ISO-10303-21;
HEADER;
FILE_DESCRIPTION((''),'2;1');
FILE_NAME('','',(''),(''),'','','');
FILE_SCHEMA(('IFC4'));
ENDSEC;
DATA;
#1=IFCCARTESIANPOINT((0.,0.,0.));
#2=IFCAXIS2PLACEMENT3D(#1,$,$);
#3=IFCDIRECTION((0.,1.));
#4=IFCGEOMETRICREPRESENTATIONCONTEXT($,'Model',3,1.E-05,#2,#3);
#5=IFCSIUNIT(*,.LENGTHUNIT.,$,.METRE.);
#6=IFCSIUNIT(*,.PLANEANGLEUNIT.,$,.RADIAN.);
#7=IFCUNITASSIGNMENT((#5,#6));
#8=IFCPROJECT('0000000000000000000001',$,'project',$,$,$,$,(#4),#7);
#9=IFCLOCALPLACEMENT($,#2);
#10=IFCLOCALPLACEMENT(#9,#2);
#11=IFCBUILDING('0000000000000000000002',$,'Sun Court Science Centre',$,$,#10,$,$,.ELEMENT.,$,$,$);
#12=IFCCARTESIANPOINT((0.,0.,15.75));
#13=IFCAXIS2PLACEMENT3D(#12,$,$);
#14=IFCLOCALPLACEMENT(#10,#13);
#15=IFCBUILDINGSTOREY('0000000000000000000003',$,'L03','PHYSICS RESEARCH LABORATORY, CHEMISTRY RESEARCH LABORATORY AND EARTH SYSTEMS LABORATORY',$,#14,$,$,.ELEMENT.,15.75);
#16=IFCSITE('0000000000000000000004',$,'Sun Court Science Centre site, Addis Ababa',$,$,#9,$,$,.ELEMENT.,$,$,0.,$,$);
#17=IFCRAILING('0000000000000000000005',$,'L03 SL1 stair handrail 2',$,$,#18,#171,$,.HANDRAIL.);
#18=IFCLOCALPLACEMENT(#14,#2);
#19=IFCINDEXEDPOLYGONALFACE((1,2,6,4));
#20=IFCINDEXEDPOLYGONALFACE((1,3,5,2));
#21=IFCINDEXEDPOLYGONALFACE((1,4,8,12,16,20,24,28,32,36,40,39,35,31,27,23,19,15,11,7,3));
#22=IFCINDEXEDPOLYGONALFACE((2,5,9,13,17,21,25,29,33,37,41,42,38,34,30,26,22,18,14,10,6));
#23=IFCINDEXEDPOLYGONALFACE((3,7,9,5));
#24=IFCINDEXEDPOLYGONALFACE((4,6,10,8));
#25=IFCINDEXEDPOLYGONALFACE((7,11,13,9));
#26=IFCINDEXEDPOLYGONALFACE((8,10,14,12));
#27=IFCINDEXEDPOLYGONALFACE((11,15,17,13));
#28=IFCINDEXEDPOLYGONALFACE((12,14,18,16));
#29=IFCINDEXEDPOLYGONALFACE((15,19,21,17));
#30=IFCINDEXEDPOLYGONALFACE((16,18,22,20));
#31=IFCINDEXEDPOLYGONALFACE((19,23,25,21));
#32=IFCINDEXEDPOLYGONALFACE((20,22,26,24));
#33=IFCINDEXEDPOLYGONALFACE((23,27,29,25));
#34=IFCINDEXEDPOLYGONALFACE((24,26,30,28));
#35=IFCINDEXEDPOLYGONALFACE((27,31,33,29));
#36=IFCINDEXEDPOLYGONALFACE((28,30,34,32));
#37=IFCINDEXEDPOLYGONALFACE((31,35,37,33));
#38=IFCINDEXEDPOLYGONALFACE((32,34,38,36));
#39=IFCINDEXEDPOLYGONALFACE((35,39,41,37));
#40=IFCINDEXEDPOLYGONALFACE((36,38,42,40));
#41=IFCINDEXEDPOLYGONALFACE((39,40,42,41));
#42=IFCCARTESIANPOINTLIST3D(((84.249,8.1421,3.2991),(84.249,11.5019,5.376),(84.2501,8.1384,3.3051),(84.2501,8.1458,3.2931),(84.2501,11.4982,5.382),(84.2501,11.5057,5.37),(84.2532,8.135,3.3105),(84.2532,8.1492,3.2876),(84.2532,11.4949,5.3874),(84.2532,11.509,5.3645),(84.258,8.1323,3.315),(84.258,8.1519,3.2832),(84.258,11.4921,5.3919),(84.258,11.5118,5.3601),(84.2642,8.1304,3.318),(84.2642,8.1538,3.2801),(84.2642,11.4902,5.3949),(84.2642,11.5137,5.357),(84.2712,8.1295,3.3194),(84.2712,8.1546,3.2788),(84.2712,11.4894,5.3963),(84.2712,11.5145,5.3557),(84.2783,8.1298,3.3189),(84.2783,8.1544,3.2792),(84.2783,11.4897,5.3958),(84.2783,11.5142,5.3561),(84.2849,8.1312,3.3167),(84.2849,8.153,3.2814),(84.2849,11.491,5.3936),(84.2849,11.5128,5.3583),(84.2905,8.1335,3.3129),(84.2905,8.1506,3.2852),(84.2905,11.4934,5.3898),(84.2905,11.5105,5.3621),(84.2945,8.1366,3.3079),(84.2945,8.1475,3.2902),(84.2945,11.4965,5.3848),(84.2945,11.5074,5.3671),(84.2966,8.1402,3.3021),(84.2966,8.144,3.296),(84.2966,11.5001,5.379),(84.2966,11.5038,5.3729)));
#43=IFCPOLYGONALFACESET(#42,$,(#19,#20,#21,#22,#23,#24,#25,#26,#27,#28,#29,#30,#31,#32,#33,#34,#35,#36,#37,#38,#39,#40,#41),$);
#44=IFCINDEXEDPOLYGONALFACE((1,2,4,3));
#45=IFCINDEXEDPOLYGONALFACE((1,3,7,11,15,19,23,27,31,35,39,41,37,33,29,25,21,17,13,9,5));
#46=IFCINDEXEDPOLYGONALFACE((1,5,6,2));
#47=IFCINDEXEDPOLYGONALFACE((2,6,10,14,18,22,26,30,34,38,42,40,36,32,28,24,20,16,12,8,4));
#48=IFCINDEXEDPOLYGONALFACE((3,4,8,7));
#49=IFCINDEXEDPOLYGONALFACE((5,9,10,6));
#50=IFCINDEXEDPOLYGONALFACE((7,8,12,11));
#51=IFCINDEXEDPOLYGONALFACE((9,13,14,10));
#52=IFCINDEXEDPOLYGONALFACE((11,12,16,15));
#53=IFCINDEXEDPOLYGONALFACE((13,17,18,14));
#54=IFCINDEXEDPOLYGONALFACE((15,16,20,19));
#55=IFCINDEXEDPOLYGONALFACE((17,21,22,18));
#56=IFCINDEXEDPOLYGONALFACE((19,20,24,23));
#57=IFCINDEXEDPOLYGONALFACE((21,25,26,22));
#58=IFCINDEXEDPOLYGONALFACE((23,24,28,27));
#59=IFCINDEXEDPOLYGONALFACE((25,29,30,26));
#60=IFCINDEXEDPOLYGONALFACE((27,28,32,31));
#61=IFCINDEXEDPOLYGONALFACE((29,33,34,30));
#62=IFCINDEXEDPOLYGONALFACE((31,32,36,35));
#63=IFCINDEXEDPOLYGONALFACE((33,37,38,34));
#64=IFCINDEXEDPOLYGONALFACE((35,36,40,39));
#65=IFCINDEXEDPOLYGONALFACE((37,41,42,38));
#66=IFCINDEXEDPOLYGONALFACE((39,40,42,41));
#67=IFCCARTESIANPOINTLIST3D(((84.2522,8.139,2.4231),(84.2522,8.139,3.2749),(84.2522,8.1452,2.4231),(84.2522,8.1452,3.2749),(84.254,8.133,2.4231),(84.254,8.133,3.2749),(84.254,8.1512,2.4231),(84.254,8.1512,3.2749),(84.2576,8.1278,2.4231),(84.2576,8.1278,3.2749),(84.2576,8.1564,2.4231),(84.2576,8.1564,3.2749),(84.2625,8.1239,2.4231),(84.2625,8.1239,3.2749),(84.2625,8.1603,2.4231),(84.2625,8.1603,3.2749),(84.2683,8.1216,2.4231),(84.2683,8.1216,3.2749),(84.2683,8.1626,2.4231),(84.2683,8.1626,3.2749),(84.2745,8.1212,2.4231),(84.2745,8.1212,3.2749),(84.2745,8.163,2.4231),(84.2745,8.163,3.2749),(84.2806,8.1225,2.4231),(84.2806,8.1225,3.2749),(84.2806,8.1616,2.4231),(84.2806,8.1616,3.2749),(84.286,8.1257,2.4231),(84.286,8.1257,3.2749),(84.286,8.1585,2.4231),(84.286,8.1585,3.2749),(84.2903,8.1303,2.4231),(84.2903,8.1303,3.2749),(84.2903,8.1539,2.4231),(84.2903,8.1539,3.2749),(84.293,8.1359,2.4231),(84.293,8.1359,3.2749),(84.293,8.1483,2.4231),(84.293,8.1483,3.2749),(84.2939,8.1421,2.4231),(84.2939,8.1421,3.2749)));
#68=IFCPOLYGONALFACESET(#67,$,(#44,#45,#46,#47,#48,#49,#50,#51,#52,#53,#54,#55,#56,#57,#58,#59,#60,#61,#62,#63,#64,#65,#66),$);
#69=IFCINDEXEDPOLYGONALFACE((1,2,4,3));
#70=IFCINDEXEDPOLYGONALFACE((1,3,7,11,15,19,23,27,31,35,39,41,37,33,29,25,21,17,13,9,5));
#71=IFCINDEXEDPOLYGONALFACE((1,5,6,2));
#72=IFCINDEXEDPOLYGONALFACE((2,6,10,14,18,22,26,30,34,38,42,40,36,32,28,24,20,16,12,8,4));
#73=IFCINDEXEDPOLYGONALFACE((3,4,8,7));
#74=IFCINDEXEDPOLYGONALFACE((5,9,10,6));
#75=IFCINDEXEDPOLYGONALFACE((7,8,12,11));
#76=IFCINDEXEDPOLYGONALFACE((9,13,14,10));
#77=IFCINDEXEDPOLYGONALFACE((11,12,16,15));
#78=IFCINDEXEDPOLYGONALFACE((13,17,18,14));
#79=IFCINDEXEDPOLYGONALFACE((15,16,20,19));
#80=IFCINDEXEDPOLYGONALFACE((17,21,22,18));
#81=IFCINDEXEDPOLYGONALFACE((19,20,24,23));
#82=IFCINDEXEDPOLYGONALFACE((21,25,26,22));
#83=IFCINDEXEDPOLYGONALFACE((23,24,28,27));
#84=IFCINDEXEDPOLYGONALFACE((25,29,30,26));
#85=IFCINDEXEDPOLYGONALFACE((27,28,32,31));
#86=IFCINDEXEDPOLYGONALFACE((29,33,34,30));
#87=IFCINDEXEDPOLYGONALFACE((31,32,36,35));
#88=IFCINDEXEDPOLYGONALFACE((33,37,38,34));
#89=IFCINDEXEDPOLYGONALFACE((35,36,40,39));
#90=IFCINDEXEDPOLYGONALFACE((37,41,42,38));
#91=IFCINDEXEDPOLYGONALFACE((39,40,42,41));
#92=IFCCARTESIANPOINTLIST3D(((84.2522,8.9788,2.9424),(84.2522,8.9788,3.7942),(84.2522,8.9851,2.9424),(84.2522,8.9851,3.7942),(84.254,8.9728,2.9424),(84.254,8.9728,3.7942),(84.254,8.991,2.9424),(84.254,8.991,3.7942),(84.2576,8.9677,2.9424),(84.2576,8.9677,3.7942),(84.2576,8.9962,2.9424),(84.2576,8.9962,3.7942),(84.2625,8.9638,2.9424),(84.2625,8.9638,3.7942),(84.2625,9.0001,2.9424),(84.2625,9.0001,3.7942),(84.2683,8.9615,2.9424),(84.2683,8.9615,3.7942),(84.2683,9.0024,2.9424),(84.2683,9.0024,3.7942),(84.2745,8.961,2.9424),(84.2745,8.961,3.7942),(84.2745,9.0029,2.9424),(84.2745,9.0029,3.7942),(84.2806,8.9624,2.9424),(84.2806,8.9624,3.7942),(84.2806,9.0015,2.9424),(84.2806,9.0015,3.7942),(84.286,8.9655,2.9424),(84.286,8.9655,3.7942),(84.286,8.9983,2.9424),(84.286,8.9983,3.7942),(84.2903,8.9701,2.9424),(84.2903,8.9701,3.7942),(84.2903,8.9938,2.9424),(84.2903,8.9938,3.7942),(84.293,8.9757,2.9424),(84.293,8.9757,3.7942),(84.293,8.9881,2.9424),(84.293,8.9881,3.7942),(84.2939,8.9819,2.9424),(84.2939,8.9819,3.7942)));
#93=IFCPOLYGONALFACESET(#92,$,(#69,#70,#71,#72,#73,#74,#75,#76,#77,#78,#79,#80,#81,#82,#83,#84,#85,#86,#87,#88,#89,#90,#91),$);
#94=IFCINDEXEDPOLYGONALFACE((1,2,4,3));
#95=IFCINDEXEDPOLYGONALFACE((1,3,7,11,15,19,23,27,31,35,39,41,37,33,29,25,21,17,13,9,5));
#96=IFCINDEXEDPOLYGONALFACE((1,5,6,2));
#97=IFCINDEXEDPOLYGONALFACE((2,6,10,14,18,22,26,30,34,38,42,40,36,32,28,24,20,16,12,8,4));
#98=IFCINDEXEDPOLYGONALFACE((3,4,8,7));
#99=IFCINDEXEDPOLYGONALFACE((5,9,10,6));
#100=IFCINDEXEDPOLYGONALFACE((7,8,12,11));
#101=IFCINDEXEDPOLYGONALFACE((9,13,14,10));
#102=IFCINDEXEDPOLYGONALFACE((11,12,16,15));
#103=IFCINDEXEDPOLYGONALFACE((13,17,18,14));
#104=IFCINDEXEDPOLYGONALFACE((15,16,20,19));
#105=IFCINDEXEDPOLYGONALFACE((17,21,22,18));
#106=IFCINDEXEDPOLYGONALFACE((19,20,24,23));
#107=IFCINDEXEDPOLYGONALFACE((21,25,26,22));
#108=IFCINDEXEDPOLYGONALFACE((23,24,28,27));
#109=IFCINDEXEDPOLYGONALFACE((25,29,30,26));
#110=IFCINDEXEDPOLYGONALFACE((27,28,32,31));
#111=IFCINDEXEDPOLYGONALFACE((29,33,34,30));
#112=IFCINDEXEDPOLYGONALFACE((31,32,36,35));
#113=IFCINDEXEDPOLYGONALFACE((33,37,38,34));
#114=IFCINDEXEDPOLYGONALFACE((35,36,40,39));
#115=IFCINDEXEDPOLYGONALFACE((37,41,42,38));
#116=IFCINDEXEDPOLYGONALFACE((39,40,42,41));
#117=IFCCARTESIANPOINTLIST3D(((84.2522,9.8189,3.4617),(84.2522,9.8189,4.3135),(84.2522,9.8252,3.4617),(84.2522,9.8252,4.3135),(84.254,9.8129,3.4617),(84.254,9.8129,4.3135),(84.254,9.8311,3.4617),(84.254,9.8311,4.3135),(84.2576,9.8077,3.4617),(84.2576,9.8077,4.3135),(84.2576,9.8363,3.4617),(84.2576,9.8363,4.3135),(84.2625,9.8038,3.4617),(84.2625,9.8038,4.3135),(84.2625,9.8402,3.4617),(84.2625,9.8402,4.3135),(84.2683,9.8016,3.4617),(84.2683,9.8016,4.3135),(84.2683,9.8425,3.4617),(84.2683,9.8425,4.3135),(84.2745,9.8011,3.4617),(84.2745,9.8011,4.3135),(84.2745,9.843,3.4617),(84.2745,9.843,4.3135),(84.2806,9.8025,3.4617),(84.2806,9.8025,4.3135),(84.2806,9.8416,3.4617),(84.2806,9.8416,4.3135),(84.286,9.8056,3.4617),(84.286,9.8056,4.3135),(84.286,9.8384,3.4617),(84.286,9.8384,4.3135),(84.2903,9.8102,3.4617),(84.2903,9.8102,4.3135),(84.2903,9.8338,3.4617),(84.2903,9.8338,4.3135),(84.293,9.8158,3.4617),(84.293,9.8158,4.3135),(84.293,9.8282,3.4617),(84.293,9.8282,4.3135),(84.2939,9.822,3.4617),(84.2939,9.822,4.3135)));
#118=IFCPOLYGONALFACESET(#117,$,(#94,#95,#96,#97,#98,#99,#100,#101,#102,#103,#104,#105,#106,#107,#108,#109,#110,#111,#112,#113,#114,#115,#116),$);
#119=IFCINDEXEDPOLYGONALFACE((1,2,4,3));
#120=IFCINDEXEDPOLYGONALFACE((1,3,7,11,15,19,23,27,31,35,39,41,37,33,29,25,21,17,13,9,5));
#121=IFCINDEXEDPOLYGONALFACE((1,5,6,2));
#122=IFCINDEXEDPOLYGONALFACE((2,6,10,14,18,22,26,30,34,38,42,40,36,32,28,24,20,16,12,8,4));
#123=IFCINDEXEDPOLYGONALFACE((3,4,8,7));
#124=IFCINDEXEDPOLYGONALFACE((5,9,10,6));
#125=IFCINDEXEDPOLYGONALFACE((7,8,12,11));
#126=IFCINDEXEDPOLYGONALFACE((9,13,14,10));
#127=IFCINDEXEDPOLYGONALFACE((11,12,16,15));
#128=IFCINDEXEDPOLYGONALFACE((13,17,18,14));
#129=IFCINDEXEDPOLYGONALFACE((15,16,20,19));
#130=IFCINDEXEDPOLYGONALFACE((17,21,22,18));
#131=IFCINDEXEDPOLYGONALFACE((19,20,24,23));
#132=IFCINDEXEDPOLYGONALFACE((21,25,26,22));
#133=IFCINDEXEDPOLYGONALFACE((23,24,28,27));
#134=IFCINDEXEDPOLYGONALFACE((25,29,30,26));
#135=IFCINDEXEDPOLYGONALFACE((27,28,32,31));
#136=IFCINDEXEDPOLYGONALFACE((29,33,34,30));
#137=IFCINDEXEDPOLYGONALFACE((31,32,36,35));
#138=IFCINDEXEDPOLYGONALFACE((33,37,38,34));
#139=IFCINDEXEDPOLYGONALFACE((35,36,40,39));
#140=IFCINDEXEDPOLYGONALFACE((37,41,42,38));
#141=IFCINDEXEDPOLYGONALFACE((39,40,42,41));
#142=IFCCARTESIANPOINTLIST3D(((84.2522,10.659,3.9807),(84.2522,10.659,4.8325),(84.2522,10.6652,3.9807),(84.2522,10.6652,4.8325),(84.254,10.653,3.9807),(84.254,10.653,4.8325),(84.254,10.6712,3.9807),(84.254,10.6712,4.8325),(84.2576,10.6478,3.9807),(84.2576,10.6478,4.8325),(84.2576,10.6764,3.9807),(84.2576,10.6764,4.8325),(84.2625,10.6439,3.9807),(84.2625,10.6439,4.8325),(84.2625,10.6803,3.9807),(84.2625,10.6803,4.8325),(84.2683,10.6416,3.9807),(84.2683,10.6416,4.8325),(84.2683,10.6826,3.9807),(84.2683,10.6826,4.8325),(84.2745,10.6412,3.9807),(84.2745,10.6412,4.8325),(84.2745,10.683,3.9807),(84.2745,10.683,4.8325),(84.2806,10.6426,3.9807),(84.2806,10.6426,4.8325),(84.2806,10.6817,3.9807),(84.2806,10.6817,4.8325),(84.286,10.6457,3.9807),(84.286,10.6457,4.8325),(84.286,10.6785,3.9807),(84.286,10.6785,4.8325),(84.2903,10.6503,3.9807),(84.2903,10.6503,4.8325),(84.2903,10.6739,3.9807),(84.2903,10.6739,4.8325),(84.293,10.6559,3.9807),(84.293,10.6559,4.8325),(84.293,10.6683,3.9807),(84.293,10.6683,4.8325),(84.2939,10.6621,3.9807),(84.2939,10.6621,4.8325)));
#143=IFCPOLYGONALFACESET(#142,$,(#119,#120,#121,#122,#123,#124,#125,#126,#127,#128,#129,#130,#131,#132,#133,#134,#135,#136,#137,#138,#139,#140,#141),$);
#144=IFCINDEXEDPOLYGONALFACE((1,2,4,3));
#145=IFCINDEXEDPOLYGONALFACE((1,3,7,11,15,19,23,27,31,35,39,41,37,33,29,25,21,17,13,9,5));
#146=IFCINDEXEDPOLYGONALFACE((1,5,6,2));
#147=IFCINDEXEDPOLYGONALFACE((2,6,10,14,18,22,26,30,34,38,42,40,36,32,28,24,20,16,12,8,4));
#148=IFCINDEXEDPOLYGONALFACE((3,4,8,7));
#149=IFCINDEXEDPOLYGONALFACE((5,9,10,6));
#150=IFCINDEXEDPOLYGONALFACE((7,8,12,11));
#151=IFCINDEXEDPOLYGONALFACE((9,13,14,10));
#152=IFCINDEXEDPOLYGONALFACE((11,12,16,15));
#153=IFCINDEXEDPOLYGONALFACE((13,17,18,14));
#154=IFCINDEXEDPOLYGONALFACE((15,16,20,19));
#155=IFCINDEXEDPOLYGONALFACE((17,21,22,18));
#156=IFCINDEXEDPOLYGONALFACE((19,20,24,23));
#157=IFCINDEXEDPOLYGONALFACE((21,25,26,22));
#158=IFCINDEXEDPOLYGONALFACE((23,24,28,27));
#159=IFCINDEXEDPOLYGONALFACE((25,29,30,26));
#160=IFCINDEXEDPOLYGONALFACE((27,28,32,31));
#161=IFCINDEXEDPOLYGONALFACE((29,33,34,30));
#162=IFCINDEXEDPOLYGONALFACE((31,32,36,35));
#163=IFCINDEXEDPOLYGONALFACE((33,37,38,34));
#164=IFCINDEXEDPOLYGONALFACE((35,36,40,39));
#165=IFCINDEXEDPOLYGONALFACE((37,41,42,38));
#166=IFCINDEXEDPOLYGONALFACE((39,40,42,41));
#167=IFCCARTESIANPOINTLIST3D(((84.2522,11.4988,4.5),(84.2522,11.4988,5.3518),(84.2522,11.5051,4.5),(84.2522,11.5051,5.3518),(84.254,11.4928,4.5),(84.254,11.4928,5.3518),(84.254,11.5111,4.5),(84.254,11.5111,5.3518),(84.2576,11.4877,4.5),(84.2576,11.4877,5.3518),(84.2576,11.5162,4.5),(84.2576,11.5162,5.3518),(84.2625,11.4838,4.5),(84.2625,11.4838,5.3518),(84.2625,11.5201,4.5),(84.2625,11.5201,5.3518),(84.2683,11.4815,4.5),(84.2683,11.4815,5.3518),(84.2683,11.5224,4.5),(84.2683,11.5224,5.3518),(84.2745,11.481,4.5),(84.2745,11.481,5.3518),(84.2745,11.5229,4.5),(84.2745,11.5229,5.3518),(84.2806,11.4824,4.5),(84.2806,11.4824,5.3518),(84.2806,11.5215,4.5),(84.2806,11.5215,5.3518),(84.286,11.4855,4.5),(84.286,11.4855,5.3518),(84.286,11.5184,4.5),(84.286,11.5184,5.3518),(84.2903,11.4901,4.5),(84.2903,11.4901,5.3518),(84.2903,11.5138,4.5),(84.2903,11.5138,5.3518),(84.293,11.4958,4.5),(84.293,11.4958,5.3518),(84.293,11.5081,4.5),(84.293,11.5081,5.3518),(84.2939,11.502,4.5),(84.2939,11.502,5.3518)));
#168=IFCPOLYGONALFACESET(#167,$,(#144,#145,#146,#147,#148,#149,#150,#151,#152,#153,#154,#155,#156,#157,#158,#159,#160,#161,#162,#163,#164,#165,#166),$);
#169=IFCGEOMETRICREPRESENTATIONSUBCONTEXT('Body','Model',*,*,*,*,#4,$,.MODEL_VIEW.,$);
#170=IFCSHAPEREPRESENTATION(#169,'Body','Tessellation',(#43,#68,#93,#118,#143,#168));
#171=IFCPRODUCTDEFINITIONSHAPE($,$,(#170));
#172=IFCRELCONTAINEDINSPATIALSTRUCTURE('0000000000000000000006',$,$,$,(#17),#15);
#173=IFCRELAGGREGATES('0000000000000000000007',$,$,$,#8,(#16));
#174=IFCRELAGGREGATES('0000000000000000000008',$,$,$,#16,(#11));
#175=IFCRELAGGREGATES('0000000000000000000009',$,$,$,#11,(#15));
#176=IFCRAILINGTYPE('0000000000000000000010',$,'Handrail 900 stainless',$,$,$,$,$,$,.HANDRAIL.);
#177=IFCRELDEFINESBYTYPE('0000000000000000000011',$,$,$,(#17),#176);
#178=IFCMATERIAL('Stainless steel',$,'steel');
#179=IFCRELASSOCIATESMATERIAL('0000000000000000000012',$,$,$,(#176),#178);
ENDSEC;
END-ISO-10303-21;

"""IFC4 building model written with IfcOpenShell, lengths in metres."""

from ifc_helpers import new_model, si_unit, direction, frame, origin, origin_2d, place, context, subcontext, project, spatial, circle, extrude, material, type_object, element, save


model = new_model("IFC4")

# Units and contexts
model_context = context("Model", 3, precision=1e-05, world=origin(), true_north=direction((0.0, 1.0)))
body_context = subcontext(model_context, "Body", "Model", "MODEL_VIEW")
ifc_project = project(units=[si_unit("LENGTHUNIT", "METRE"), si_unit("PLANEANGLEUNIT", "RADIAN")], contexts=[model_context])

# Site, building, storey
site_placement = place(None, origin())
site = spatial("IfcSite", under=ifc_project, at=site_placement, Name="Sun Court Science Centre site, Addis Ababa", CompositionType="ELEMENT", RefElevation=0.0)
building_placement = place(site_placement, origin())
building = spatial("IfcBuilding", under=site, at=building_placement, Name="Sun Court Science Centre", CompositionType="ELEMENT")
storey_placement = place(building_placement, frame((0.0, 0.0, 15.75)))
storey = spatial("IfcBuildingStorey", under=building, at=storey_placement, Name="L03", Description="PHYSICS RESEARCH LABORATORY, CHEMISTRY RESEARCH LABORATORY AND EARTH SYSTEMS LABORATORY", CompositionType="ELEMENT", Elevation=15.75)

# Railing
ifc_material_1 = material(Name="Stainless steel", Category="steel")
railing_type_1 = type_object("IfcRailingType", Name="Handrail 900 stainless", PredefinedType="HANDRAIL", material=ifc_material_1)
railing_1_placement = place(storey_placement, frame((84.2729, 8.1421, 2.4231)))
element("IfcRailing", 1, at=railing_1_placement, inside=storey, type_object=railing_type_1, Name="L03 SL1 stair handrail 2", PredefinedType="HANDRAIL", context=body_context, shape_type="SweptSolid", body=[
    extrude(circle(Radius=0.0239, at=origin_2d()), frame((0.0, 0.0, 0.876), z_axis=(0.0, 0.850606, 0.525803), x_axis=(-1.0, 0.0, 0.0)), (0.0, 0.0, 1.0), 3.95),
    extrude(circle(Radius=0.021, at=origin_2d()), origin(), (0.0, 0.0, 1.0), 0.8518),
    extrude(circle(Radius=0.021, at=origin_2d()), frame((0.0, 0.8398, 0.5193)), (0.0, 0.0, 1.0), 0.8518),
    extrude(circle(Radius=0.021, at=origin_2d()), frame((0.0, 1.6799, 1.0386)), (0.0, 0.0, 1.0), 0.8518),
    extrude(circle(Radius=0.021, at=origin_2d()), frame((0.0, 2.52, 1.5576)), (0.0, 0.0, 1.0), 0.8518),
    extrude(circle(Radius=0.021, at=origin_2d()), frame((0.0, 3.3599, 2.0769)), (0.0, 0.0, 1.0), 0.8518),
])

save(model, "model.ifc")
